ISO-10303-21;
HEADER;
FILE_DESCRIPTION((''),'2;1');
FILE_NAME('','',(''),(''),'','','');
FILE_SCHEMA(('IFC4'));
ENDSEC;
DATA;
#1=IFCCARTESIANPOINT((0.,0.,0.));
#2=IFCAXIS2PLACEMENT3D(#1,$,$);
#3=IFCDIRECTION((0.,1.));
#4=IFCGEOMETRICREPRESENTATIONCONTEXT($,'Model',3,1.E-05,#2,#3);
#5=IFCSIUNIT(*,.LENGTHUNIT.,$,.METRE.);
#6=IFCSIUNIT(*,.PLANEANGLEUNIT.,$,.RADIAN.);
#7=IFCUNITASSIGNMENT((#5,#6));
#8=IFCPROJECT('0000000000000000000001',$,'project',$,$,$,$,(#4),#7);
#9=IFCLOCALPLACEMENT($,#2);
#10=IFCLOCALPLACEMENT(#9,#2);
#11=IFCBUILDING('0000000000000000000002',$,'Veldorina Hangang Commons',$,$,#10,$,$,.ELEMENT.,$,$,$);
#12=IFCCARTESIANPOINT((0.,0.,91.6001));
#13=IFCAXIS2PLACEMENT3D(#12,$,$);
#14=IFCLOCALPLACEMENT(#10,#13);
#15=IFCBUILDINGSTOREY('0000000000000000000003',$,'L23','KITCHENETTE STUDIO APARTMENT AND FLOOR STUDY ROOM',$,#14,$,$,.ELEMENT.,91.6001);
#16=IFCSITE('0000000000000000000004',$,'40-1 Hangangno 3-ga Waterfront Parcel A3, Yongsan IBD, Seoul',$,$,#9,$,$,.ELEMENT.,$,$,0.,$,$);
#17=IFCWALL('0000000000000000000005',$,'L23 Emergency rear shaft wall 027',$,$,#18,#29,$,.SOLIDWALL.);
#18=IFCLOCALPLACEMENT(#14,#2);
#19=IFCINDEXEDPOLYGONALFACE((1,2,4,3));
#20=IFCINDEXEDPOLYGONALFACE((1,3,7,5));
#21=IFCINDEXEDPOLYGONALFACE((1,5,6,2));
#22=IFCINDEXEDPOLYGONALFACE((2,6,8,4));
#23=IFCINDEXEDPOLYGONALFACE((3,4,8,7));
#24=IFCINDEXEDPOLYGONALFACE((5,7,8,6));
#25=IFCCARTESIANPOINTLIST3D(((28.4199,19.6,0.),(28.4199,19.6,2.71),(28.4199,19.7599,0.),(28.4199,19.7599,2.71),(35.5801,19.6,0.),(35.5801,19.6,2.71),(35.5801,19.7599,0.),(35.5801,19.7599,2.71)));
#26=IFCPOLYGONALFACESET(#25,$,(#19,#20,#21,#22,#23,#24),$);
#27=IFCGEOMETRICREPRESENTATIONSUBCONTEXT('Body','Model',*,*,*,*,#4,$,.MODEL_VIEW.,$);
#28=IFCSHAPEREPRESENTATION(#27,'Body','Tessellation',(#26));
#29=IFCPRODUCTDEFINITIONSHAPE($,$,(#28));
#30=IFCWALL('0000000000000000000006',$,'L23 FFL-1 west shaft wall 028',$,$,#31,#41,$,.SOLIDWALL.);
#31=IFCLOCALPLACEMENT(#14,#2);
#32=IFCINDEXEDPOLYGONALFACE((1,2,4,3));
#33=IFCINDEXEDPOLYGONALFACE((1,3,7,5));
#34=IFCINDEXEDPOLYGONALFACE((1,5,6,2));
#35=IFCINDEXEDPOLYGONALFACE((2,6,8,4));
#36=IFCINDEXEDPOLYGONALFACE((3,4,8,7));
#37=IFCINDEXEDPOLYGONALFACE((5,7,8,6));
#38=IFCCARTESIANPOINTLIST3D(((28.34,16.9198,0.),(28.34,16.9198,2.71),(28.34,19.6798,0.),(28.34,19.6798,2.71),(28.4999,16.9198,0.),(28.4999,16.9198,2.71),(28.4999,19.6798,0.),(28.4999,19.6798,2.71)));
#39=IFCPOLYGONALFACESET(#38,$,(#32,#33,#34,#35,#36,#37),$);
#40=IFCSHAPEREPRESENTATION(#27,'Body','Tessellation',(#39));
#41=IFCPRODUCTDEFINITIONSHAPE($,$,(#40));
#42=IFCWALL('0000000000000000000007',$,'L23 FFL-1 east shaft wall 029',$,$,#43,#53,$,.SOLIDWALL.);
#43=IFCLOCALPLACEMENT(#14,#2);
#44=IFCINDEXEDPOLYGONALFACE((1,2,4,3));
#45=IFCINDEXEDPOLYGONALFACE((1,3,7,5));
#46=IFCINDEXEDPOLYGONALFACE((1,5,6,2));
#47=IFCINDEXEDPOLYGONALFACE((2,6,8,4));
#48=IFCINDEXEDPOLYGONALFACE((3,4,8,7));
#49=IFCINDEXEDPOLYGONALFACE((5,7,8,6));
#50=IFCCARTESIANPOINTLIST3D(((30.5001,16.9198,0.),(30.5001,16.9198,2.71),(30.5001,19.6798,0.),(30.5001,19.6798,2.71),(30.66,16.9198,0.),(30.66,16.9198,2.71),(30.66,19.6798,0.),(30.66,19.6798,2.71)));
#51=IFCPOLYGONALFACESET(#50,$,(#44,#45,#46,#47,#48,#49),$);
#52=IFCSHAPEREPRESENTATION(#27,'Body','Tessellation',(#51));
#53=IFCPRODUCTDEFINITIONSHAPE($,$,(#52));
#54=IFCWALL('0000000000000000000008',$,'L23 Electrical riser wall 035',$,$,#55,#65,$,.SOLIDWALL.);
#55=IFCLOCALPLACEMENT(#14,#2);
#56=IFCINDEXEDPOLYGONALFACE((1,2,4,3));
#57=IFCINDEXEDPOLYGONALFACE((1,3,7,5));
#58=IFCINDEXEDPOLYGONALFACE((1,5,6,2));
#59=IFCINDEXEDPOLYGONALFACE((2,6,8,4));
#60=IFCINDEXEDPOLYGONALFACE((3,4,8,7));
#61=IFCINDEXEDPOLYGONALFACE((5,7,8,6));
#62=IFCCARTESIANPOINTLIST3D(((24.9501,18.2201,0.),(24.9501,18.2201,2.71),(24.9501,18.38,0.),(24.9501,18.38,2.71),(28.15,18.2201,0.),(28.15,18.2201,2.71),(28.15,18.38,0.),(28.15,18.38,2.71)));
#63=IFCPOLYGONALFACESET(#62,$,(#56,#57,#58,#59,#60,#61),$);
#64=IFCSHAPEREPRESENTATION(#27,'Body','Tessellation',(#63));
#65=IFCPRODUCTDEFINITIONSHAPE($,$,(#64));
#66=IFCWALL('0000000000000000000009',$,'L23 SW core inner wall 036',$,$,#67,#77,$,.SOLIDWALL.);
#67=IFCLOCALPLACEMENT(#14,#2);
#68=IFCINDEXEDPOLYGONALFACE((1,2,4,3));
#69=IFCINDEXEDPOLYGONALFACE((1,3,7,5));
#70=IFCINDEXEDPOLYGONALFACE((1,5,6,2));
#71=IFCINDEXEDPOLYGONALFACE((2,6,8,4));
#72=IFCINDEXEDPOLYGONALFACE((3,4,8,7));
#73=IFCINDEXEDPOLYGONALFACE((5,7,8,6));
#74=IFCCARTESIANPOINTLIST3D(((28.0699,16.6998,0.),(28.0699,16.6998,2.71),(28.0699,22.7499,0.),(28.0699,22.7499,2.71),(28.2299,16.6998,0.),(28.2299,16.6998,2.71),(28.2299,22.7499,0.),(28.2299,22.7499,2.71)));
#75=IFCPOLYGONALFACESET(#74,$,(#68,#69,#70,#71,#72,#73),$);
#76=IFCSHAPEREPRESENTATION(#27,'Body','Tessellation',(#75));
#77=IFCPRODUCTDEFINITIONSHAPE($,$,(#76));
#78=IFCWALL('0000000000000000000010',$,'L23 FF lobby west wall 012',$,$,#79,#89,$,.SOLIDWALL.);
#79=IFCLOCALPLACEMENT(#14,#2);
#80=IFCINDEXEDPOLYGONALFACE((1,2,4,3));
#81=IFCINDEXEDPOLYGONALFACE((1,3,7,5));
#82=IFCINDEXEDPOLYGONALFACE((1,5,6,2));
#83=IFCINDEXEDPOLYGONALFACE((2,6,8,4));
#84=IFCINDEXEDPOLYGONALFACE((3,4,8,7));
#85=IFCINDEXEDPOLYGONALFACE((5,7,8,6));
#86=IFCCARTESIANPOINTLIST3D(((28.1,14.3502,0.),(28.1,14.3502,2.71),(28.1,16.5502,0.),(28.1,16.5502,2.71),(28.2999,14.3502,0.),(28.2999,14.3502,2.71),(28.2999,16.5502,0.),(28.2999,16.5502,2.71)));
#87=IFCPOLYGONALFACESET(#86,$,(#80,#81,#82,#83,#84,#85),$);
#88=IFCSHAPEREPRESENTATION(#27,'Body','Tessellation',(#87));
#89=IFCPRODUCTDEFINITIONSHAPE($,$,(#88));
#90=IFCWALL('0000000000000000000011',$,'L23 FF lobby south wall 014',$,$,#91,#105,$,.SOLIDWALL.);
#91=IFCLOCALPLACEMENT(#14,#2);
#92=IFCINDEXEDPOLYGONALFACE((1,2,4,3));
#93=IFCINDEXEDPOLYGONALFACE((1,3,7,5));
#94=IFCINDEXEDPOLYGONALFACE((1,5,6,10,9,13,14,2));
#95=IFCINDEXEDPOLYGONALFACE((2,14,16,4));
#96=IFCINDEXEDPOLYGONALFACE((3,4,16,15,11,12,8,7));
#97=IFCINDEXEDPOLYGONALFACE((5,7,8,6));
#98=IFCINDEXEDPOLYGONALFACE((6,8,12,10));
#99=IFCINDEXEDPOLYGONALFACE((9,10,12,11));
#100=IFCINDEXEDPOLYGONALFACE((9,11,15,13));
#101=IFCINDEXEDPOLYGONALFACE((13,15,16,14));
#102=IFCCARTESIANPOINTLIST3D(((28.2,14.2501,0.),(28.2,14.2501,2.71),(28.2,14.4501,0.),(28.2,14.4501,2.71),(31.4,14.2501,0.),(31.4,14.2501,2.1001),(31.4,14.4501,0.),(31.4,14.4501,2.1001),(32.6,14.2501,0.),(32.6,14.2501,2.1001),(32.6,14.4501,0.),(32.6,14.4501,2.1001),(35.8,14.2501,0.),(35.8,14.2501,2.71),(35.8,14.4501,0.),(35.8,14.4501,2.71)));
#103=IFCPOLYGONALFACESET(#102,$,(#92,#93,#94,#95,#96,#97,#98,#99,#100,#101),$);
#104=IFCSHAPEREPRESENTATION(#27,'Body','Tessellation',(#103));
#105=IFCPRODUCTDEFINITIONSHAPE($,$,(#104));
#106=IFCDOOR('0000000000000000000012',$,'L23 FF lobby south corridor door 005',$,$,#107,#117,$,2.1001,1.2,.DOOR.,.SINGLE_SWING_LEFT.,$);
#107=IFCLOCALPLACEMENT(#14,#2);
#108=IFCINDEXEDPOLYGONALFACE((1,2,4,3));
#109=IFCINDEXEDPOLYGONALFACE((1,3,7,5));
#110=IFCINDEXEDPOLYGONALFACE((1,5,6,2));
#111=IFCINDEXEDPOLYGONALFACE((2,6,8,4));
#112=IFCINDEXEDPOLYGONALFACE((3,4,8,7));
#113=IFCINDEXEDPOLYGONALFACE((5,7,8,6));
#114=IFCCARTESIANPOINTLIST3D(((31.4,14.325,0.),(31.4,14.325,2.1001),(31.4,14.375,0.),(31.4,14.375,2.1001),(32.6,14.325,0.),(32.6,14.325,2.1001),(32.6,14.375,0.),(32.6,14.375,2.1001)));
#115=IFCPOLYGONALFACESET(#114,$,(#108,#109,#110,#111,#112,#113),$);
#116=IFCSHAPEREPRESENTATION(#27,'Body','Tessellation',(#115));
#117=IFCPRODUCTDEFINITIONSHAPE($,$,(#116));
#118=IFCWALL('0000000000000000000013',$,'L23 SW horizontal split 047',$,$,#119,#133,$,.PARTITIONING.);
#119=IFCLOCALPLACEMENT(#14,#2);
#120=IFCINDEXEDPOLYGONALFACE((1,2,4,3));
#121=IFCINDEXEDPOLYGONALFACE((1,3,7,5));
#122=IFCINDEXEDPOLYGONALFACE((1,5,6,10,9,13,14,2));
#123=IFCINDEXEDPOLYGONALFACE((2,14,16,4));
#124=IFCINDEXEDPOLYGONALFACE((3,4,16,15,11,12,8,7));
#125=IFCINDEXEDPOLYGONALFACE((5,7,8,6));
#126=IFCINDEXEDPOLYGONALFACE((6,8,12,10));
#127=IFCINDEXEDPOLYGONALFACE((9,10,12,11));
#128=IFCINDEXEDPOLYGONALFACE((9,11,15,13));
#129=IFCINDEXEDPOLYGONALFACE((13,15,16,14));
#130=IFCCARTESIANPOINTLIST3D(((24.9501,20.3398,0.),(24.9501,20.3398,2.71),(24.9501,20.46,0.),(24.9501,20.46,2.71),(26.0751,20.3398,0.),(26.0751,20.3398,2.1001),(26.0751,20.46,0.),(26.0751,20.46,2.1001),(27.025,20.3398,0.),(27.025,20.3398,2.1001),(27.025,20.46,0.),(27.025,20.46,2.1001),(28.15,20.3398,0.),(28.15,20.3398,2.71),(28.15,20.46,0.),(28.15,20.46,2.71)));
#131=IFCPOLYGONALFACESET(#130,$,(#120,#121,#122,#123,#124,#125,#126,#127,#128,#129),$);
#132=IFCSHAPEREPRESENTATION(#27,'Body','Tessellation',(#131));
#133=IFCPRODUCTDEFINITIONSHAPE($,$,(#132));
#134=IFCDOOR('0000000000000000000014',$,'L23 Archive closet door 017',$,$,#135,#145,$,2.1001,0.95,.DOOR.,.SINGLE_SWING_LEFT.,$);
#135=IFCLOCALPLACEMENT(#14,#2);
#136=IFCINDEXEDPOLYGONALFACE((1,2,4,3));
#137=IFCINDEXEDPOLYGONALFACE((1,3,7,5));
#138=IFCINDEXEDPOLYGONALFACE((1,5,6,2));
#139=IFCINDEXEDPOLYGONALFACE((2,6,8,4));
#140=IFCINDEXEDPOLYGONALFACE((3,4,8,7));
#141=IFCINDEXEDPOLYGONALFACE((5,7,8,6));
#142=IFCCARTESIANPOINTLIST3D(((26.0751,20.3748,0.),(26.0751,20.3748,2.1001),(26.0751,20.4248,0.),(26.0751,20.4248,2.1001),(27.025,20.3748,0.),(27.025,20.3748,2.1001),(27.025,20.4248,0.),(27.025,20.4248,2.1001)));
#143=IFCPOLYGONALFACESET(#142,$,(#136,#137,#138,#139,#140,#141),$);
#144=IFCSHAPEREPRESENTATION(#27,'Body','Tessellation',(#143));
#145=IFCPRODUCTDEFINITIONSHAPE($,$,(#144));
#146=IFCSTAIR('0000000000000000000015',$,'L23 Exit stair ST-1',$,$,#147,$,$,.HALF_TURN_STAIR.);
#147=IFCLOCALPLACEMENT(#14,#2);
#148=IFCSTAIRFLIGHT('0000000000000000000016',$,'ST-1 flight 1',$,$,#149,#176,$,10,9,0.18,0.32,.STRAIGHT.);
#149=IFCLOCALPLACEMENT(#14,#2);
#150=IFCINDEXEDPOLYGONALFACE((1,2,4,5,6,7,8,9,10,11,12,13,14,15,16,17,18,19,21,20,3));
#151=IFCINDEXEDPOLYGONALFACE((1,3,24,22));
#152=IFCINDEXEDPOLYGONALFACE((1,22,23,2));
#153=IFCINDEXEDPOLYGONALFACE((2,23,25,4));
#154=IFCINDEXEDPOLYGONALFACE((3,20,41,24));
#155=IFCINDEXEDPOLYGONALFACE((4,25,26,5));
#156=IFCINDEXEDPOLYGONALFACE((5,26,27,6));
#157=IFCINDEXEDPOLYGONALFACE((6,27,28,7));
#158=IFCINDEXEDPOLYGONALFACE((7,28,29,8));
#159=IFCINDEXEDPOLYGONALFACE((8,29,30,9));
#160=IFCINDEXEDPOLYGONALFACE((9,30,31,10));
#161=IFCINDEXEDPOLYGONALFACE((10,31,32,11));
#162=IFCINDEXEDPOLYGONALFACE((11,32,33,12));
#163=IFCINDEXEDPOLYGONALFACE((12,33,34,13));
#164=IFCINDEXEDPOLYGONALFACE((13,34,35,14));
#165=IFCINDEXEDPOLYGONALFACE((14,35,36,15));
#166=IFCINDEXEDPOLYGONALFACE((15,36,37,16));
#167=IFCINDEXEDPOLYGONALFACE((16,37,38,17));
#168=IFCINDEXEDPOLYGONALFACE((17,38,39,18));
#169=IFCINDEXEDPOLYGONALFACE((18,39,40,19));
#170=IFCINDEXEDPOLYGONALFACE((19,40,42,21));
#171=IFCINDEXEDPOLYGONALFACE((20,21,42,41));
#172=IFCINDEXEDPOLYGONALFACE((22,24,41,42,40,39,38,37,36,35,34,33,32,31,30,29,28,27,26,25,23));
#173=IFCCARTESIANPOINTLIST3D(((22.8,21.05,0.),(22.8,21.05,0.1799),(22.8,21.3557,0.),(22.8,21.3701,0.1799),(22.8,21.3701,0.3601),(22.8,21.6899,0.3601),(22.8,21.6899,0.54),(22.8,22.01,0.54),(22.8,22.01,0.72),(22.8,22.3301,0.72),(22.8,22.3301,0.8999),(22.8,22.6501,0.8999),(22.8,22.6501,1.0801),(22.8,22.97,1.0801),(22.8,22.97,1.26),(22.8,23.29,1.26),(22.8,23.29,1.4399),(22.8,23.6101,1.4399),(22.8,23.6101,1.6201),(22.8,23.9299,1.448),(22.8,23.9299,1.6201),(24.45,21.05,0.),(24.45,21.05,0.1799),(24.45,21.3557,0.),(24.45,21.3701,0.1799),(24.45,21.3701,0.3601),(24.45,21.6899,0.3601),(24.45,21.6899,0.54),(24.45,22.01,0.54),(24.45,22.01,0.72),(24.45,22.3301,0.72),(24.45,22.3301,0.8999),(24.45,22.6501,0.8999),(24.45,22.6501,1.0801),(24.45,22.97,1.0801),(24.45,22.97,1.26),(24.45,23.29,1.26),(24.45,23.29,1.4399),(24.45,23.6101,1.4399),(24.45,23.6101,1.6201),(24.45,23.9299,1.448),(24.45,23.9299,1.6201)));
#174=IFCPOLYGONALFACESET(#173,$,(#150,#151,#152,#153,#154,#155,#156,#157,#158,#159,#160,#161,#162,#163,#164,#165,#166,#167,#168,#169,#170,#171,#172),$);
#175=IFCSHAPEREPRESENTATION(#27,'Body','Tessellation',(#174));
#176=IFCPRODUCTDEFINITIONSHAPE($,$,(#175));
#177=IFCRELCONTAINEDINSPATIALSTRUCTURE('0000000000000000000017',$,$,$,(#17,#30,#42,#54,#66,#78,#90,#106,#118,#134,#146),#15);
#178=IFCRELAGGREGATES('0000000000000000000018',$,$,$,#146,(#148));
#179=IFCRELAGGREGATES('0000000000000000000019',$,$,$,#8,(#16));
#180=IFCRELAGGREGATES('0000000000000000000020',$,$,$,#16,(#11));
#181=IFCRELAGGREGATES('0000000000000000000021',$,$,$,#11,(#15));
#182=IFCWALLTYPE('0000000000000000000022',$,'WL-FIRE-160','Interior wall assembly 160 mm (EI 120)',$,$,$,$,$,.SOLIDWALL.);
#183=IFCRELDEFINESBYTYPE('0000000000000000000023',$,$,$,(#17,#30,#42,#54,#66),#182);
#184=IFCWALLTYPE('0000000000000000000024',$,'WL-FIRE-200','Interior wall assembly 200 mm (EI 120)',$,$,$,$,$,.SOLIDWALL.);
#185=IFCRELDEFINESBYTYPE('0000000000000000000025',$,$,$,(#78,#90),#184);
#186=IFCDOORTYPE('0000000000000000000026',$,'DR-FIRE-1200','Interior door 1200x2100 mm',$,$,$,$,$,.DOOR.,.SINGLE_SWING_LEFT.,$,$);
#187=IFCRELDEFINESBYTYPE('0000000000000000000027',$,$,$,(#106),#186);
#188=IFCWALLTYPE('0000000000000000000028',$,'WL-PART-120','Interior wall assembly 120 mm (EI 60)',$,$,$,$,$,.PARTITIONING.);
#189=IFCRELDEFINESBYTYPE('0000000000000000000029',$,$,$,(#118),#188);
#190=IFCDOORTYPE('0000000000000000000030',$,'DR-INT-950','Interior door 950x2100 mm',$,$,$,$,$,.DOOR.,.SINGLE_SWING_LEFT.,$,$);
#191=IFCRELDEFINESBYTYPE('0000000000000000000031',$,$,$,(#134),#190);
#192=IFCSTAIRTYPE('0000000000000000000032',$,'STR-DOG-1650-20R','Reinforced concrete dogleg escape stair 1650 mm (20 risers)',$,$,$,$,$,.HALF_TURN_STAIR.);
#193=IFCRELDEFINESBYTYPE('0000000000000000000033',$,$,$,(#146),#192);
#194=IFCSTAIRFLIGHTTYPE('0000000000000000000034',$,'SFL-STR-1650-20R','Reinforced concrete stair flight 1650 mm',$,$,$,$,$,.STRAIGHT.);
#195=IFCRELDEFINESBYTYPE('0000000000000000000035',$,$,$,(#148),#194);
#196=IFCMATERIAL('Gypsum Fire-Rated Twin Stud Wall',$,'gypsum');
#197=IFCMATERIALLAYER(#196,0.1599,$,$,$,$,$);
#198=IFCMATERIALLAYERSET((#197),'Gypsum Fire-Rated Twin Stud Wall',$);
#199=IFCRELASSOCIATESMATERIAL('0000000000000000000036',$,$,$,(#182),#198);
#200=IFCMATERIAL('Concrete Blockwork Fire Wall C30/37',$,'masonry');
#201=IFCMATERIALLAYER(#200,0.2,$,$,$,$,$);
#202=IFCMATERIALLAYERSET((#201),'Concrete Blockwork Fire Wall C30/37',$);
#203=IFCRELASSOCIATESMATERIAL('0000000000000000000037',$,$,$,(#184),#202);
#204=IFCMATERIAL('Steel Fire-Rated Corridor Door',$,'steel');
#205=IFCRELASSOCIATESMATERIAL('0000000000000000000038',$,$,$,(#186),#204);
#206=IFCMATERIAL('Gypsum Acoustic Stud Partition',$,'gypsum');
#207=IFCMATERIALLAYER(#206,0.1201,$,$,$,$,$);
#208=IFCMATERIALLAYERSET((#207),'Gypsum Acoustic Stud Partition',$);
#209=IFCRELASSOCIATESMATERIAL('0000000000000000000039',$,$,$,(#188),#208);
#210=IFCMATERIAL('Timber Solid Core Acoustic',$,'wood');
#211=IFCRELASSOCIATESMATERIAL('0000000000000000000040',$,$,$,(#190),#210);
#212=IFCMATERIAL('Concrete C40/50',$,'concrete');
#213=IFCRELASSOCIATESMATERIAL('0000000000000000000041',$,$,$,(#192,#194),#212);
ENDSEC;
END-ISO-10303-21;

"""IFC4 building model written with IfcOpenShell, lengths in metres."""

from ifc_helpers import new_model, si_unit, direction, frame, frame_2d, origin, place, context, subcontext, project, spatial, polyline, rectangle, outline, extrude, material, layer, layer_set, type_object, element, fill, aggregate, save


model = new_model("IFC4")

# Units and contexts
model_context = context("Model", 3, precision=1e-05, world=origin(), true_north=direction((0.0, 1.0)))
body_context = subcontext(model_context, "Body", "Model", "MODEL_VIEW")
ifc_project = project(units=[si_unit("LENGTHUNIT", "METRE"), si_unit("PLANEANGLEUNIT", "RADIAN")], contexts=[model_context])

# Site, building, storey
site_placement = place(None, origin())
site = spatial("IfcSite", under=ifc_project, at=site_placement, Name="40-1 Hangangno 3-ga Waterfront Parcel A3, Yongsan IBD, Seoul", CompositionType="ELEMENT", RefElevation=0.0)
building_placement = place(site_placement, origin())
building = spatial("IfcBuilding", under=site, at=building_placement, Name="Veldorina Hangang Commons", CompositionType="ELEMENT")
storey_placement = place(building_placement, frame((0.0, 0.0, 91.6001)))
storey = spatial("IfcBuildingStorey", under=building, at=storey_placement, Name="L23", Description="KITCHENETTE STUDIO APARTMENT AND FLOOR STUDY ROOM", CompositionType="ELEMENT", Elevation=91.6001)

# Shared definitions
ifc_material_1 = material(Name="Gypsum Fire-Rated Twin Stud Wall", Category="gypsum")
ifc_layer_1 = layer(ifc_material_1, 0.1599)
ifc_layer_set_1 = layer_set([ifc_layer_1], Name="Gypsum Fire-Rated Twin Stud Wall")
wall_type_1 = type_object("IfcWallType", Name="WL-FIRE-160", Description="Interior wall assembly 160 mm (EI 120)", PredefinedType="SOLIDWALL", material=ifc_layer_set_1)

# Walls
wall_1_placement = place(storey_placement, frame((28.4199, 19.6799, 0.0), z_axis=(0.0, 0.0, 1.0), x_axis=(1.0, 0.0, 0.0)))
element("IfcWall", 1, at=wall_1_placement, inside=storey, type_object=wall_type_1, Name="L23 Emergency rear shaft wall 027", PredefinedType="SOLIDWALL", context=body_context, shape_type="SweptSolid", body=[
    extrude(rectangle(XDim=7.1602, YDim=0.1599, at=frame_2d((3.5801, 0.0))), origin(), (0.0, 0.0, 1.0), 2.71),
])
for number, where, z_axis, x_axis, name in (
    (2, (28.4199, 16.9199, 0.0), (0.0, 0.0, 1.0), (0.0, 1.0, 0.0), "L23 FFL-1 west shaft wall 028"),
    (3, (30.5801, 16.9199, 0.0), (0.0, 0.0, 1.0), (0.0, 1.0, 0.0), "L23 FFL-1 east shaft wall 029"),
):
    element("IfcWall", number, at=place(storey_placement, frame(where, z_axis=z_axis, x_axis=x_axis)), inside=storey, type_object=wall_type_1, Name=name, PredefinedType="SOLIDWALL", context=body_context, shape_type="SweptSolid", body=[
        extrude(rectangle(XDim=2.76, YDim=0.1599, at=frame_2d((1.3799, 0.0))), origin(), (0.0, 0.0, 1.0), 2.71),
    ])
wall_2_placement = place(storey_placement, frame((24.95, 18.3, 0.0), z_axis=(0.0, 0.0, 1.0), x_axis=(1.0, 0.0, 0.0)))
element("IfcWall", 4, at=wall_2_placement, inside=storey, type_object=wall_type_1, Name="L23 Electrical riser wall 035", PredefinedType="SOLIDWALL", context=body_context, shape_type="SweptSolid", body=[
    extrude(rectangle(XDim=3.2, YDim=0.1599, at=frame_2d((1.6001, 0.0))), origin(), (0.0, 0.0, 1.0), 2.71),
])
wall_3_placement = place(storey_placement, frame((28.1499, 16.7, 0.0), z_axis=(0.0, 0.0, 1.0), x_axis=(0.0, 1.0, 0.0)))
element("IfcWall", 5, at=wall_3_placement, inside=storey, type_object=wall_type_1, Name="L23 SW core inner wall 036", PredefinedType="SOLIDWALL", context=body_context, shape_type="SweptSolid", body=[
    extrude(rectangle(XDim=6.05, YDim=0.1599, at=frame_2d((3.0249, 0.0))), origin(), (0.0, 0.0, 1.0), 2.71),
])
ifc_material_2 = material(Name="Concrete Blockwork Fire Wall C30/37", Category="masonry")
ifc_layer_2 = layer(ifc_material_2, 0.2)
ifc_layer_set_2 = layer_set([ifc_layer_2], Name="Concrete Blockwork Fire Wall C30/37")
wall_type_2 = type_object("IfcWallType", Name="WL-FIRE-200", Description="Interior wall assembly 200 mm (EI 120)", PredefinedType="SOLIDWALL", material=ifc_layer_set_2)
wall_4_placement = place(storey_placement, frame((28.2, 14.3501, 0.0), z_axis=(0.0, 0.0, 1.0), x_axis=(0.0, 1.0, 0.0)))
element("IfcWall", 6, at=wall_4_placement, inside=storey, type_object=wall_type_2, Name="L23 FF lobby west wall 012", PredefinedType="SOLIDWALL", context=body_context, shape_type="SweptSolid", body=[
    extrude(rectangle(XDim=2.2, YDim=0.2, at=frame_2d((1.1001, 0.0))), origin(), (0.0, 0.0, 1.0), 2.71),
])

# Walls, openings, doors
wall_5_placement = place(storey_placement, frame((28.2, 14.3501, 0.0), z_axis=(0.0, 0.0, 1.0), x_axis=(1.0, 0.0, 0.0)))
wall_5 = element("IfcWall", 7, at=wall_5_placement, inside=storey, type_object=wall_type_2, Name="L23 FF lobby south wall 014", PredefinedType="SOLIDWALL", context=body_context, shape_type="SweptSolid", body=[
    extrude(rectangle(XDim=7.6001, YDim=0.2, at=frame_2d((3.8, 0.0))), origin(), (0.0, 0.0, 1.0), 2.71),
])
opening_1_placement = place(wall_5_placement, frame((3.2, 0.0, 0.0)))
opening_1 = element("IfcOpeningElement", 8, at=opening_1_placement, cuts=wall_5, PredefinedType="OPENING", context=body_context, shape_type="SweptSolid", body=[
    extrude(rectangle(XDim=1.2, YDim=2.1001, at=frame_2d((0.6001, 1.05))), frame((0.0, 0.1099, 0.0), z_axis=(0.0, -1.0, 0.0), x_axis=(1.0, 0.0, 0.0)), (0.0, 0.0, 1.0), 0.22),
])
ifc_material_3 = material(Name="Steel Fire-Rated Corridor Door", Category="steel")
door_type_1 = type_object("IfcDoorType", Name="DR-FIRE-1200", Description="Interior door 1200x2100 mm", OperationType="SINGLE_SWING_LEFT", PredefinedType="DOOR", material=ifc_material_3)
door_1_placement = place(opening_1_placement, origin())
door_1 = element("IfcDoor", 9, at=door_1_placement, inside=storey, type_object=door_type_1, Name="L23 FF lobby south corridor door 005", OperationType="SINGLE_SWING_LEFT", OverallHeight=2.1001, OverallWidth=1.2, PredefinedType="DOOR", context=body_context, shape_type="SweptSolid", body=[
    extrude(rectangle(XDim=1.2, YDim=2.1001, at=frame_2d((0.6001, 1.05))), frame((0.0, 0.0249, 0.0), z_axis=(0.0, -1.0, 0.0), x_axis=(1.0, 0.0, 0.0)), (0.0, 0.0, 1.0), 0.05),
])
fill(opening_1, door_1)
ifc_material_4 = material(Name="Gypsum Acoustic Stud Partition", Category="gypsum")
ifc_layer_3 = layer(ifc_material_4, 0.1201)
ifc_layer_set_3 = layer_set([ifc_layer_3], Name="Gypsum Acoustic Stud Partition")
wall_type_3 = type_object("IfcWallType", Name="WL-PART-120", Description="Interior wall assembly 120 mm (EI 60)", PredefinedType="PARTITIONING", material=ifc_layer_set_3)
wall_6_placement = place(storey_placement, frame((24.95, 20.3999, 0.0), z_axis=(0.0, 0.0, 1.0), x_axis=(1.0, 0.0, 0.0)))
wall_6 = element("IfcWall", 10, at=wall_6_placement, inside=storey, type_object=wall_type_3, Name="L23 SW horizontal split 047", PredefinedType="PARTITIONING", context=body_context, shape_type="SweptSolid", body=[
    extrude(rectangle(XDim=3.2, YDim=0.1201, at=frame_2d((1.6001, 0.0))), origin(), (0.0, 0.0, 1.0), 2.71),
])
opening_2_placement = place(wall_6_placement, frame((1.125, 0.0, 0.0)))
opening_2 = element("IfcOpeningElement", 11, at=opening_2_placement, cuts=wall_6, PredefinedType="OPENING", context=body_context, shape_type="SweptSolid", body=[
    extrude(rectangle(XDim=0.95, YDim=2.1001, at=frame_2d((0.4751, 1.05))), frame((0.0, 0.0701, 0.0), z_axis=(0.0, -1.0, 0.0), x_axis=(1.0, 0.0, 0.0)), (0.0, 0.0, 1.0), 0.1401),
])
ifc_material_5 = material(Name="Timber Solid Core Acoustic", Category="wood")
door_type_2 = type_object("IfcDoorType", Name="DR-INT-950", Description="Interior door 950x2100 mm", OperationType="SINGLE_SWING_LEFT", PredefinedType="DOOR", material=ifc_material_5)
door_2_placement = place(opening_2_placement, origin())
door_2 = element("IfcDoor", 12, at=door_2_placement, inside=storey, type_object=door_type_2, Name="L23 Archive closet door 017", OperationType="SINGLE_SWING_LEFT", OverallHeight=2.1001, OverallWidth=0.95, PredefinedType="DOOR", context=body_context, shape_type="SweptSolid", body=[
    extrude(rectangle(XDim=0.95, YDim=2.1001, at=frame_2d((0.4751, 1.05))), frame((0.0, 0.0249, 0.0), z_axis=(0.0, -1.0, 0.0), x_axis=(1.0, 0.0, 0.0)), (0.0, 0.0, 1.0), 0.05),
])
fill(opening_2, door_2)

# Stair, stair flight
ifc_material_6 = material(Name="Concrete C40/50", Category="concrete")
stair_type = type_object("IfcStairType", Name="STR-DOG-1650-20R", Description="Reinforced concrete dogleg escape stair 1650 mm (20 risers)", PredefinedType="HALF_TURN_STAIR", material=ifc_material_6)
stair_placement = place(storey_placement, origin())
stair = element("IfcStair", 13, at=stair_placement, inside=storey, type_object=stair_type, Name="L23 Exit stair ST-1", PredefinedType="HALF_TURN_STAIR")
stair_flight_type = type_object("IfcStairFlightType", Name="SFL-STR-1650-20R", Description="Reinforced concrete stair flight 1650 mm", PredefinedType="STRAIGHT", material=ifc_material_6)
stair_flight_placement = place(storey_placement, frame((23.625, 21.05, 0.0), z_axis=(0.0, 0.0, 1.0), x_axis=(0.0, 1.0, 0.0)))
stair_flight = element("IfcStairFlight", 14, at=stair_flight_placement, type_object=stair_flight_type, Name="ST-1 flight 1", NumberOfRisers=10, NumberOfTreads=9, PredefinedType="STRAIGHT", RiserHeight=0.18, TreadLength=0.32, context=body_context, shape_type="SweptSolid", body=[
    extrude(outline(polyline([(0.0, 0.0), (0.0, 0.1799), (0.3201, 0.1799), (0.3201, 0.3601), (0.6399, 0.3601), (0.6399, 0.54), (0.96, 0.54), (0.96, 0.72), (1.28, 0.72), (1.28, 0.8999), (1.6001, 0.8999), (1.6001, 1.0801), (1.9199, 1.0801), (1.9199, 1.26), (2.24, 1.26), (2.24, 1.4399), (2.5601, 1.4399), (2.5601, 1.6201), (2.8799, 1.6201), (2.8799, 1.8), (2.8799, 1.448), (0.3057, 0.0), (0.0, 0.0)])), frame((0.0, 0.825, 0.0), z_axis=(0.0, -1.0, 0.0), x_axis=(1.0, 0.0, 0.0)), (0.0, 0.0, 1.0), 1.6499),
])
aggregate(stair, [stair_flight])

save(model, "model.ifc")
